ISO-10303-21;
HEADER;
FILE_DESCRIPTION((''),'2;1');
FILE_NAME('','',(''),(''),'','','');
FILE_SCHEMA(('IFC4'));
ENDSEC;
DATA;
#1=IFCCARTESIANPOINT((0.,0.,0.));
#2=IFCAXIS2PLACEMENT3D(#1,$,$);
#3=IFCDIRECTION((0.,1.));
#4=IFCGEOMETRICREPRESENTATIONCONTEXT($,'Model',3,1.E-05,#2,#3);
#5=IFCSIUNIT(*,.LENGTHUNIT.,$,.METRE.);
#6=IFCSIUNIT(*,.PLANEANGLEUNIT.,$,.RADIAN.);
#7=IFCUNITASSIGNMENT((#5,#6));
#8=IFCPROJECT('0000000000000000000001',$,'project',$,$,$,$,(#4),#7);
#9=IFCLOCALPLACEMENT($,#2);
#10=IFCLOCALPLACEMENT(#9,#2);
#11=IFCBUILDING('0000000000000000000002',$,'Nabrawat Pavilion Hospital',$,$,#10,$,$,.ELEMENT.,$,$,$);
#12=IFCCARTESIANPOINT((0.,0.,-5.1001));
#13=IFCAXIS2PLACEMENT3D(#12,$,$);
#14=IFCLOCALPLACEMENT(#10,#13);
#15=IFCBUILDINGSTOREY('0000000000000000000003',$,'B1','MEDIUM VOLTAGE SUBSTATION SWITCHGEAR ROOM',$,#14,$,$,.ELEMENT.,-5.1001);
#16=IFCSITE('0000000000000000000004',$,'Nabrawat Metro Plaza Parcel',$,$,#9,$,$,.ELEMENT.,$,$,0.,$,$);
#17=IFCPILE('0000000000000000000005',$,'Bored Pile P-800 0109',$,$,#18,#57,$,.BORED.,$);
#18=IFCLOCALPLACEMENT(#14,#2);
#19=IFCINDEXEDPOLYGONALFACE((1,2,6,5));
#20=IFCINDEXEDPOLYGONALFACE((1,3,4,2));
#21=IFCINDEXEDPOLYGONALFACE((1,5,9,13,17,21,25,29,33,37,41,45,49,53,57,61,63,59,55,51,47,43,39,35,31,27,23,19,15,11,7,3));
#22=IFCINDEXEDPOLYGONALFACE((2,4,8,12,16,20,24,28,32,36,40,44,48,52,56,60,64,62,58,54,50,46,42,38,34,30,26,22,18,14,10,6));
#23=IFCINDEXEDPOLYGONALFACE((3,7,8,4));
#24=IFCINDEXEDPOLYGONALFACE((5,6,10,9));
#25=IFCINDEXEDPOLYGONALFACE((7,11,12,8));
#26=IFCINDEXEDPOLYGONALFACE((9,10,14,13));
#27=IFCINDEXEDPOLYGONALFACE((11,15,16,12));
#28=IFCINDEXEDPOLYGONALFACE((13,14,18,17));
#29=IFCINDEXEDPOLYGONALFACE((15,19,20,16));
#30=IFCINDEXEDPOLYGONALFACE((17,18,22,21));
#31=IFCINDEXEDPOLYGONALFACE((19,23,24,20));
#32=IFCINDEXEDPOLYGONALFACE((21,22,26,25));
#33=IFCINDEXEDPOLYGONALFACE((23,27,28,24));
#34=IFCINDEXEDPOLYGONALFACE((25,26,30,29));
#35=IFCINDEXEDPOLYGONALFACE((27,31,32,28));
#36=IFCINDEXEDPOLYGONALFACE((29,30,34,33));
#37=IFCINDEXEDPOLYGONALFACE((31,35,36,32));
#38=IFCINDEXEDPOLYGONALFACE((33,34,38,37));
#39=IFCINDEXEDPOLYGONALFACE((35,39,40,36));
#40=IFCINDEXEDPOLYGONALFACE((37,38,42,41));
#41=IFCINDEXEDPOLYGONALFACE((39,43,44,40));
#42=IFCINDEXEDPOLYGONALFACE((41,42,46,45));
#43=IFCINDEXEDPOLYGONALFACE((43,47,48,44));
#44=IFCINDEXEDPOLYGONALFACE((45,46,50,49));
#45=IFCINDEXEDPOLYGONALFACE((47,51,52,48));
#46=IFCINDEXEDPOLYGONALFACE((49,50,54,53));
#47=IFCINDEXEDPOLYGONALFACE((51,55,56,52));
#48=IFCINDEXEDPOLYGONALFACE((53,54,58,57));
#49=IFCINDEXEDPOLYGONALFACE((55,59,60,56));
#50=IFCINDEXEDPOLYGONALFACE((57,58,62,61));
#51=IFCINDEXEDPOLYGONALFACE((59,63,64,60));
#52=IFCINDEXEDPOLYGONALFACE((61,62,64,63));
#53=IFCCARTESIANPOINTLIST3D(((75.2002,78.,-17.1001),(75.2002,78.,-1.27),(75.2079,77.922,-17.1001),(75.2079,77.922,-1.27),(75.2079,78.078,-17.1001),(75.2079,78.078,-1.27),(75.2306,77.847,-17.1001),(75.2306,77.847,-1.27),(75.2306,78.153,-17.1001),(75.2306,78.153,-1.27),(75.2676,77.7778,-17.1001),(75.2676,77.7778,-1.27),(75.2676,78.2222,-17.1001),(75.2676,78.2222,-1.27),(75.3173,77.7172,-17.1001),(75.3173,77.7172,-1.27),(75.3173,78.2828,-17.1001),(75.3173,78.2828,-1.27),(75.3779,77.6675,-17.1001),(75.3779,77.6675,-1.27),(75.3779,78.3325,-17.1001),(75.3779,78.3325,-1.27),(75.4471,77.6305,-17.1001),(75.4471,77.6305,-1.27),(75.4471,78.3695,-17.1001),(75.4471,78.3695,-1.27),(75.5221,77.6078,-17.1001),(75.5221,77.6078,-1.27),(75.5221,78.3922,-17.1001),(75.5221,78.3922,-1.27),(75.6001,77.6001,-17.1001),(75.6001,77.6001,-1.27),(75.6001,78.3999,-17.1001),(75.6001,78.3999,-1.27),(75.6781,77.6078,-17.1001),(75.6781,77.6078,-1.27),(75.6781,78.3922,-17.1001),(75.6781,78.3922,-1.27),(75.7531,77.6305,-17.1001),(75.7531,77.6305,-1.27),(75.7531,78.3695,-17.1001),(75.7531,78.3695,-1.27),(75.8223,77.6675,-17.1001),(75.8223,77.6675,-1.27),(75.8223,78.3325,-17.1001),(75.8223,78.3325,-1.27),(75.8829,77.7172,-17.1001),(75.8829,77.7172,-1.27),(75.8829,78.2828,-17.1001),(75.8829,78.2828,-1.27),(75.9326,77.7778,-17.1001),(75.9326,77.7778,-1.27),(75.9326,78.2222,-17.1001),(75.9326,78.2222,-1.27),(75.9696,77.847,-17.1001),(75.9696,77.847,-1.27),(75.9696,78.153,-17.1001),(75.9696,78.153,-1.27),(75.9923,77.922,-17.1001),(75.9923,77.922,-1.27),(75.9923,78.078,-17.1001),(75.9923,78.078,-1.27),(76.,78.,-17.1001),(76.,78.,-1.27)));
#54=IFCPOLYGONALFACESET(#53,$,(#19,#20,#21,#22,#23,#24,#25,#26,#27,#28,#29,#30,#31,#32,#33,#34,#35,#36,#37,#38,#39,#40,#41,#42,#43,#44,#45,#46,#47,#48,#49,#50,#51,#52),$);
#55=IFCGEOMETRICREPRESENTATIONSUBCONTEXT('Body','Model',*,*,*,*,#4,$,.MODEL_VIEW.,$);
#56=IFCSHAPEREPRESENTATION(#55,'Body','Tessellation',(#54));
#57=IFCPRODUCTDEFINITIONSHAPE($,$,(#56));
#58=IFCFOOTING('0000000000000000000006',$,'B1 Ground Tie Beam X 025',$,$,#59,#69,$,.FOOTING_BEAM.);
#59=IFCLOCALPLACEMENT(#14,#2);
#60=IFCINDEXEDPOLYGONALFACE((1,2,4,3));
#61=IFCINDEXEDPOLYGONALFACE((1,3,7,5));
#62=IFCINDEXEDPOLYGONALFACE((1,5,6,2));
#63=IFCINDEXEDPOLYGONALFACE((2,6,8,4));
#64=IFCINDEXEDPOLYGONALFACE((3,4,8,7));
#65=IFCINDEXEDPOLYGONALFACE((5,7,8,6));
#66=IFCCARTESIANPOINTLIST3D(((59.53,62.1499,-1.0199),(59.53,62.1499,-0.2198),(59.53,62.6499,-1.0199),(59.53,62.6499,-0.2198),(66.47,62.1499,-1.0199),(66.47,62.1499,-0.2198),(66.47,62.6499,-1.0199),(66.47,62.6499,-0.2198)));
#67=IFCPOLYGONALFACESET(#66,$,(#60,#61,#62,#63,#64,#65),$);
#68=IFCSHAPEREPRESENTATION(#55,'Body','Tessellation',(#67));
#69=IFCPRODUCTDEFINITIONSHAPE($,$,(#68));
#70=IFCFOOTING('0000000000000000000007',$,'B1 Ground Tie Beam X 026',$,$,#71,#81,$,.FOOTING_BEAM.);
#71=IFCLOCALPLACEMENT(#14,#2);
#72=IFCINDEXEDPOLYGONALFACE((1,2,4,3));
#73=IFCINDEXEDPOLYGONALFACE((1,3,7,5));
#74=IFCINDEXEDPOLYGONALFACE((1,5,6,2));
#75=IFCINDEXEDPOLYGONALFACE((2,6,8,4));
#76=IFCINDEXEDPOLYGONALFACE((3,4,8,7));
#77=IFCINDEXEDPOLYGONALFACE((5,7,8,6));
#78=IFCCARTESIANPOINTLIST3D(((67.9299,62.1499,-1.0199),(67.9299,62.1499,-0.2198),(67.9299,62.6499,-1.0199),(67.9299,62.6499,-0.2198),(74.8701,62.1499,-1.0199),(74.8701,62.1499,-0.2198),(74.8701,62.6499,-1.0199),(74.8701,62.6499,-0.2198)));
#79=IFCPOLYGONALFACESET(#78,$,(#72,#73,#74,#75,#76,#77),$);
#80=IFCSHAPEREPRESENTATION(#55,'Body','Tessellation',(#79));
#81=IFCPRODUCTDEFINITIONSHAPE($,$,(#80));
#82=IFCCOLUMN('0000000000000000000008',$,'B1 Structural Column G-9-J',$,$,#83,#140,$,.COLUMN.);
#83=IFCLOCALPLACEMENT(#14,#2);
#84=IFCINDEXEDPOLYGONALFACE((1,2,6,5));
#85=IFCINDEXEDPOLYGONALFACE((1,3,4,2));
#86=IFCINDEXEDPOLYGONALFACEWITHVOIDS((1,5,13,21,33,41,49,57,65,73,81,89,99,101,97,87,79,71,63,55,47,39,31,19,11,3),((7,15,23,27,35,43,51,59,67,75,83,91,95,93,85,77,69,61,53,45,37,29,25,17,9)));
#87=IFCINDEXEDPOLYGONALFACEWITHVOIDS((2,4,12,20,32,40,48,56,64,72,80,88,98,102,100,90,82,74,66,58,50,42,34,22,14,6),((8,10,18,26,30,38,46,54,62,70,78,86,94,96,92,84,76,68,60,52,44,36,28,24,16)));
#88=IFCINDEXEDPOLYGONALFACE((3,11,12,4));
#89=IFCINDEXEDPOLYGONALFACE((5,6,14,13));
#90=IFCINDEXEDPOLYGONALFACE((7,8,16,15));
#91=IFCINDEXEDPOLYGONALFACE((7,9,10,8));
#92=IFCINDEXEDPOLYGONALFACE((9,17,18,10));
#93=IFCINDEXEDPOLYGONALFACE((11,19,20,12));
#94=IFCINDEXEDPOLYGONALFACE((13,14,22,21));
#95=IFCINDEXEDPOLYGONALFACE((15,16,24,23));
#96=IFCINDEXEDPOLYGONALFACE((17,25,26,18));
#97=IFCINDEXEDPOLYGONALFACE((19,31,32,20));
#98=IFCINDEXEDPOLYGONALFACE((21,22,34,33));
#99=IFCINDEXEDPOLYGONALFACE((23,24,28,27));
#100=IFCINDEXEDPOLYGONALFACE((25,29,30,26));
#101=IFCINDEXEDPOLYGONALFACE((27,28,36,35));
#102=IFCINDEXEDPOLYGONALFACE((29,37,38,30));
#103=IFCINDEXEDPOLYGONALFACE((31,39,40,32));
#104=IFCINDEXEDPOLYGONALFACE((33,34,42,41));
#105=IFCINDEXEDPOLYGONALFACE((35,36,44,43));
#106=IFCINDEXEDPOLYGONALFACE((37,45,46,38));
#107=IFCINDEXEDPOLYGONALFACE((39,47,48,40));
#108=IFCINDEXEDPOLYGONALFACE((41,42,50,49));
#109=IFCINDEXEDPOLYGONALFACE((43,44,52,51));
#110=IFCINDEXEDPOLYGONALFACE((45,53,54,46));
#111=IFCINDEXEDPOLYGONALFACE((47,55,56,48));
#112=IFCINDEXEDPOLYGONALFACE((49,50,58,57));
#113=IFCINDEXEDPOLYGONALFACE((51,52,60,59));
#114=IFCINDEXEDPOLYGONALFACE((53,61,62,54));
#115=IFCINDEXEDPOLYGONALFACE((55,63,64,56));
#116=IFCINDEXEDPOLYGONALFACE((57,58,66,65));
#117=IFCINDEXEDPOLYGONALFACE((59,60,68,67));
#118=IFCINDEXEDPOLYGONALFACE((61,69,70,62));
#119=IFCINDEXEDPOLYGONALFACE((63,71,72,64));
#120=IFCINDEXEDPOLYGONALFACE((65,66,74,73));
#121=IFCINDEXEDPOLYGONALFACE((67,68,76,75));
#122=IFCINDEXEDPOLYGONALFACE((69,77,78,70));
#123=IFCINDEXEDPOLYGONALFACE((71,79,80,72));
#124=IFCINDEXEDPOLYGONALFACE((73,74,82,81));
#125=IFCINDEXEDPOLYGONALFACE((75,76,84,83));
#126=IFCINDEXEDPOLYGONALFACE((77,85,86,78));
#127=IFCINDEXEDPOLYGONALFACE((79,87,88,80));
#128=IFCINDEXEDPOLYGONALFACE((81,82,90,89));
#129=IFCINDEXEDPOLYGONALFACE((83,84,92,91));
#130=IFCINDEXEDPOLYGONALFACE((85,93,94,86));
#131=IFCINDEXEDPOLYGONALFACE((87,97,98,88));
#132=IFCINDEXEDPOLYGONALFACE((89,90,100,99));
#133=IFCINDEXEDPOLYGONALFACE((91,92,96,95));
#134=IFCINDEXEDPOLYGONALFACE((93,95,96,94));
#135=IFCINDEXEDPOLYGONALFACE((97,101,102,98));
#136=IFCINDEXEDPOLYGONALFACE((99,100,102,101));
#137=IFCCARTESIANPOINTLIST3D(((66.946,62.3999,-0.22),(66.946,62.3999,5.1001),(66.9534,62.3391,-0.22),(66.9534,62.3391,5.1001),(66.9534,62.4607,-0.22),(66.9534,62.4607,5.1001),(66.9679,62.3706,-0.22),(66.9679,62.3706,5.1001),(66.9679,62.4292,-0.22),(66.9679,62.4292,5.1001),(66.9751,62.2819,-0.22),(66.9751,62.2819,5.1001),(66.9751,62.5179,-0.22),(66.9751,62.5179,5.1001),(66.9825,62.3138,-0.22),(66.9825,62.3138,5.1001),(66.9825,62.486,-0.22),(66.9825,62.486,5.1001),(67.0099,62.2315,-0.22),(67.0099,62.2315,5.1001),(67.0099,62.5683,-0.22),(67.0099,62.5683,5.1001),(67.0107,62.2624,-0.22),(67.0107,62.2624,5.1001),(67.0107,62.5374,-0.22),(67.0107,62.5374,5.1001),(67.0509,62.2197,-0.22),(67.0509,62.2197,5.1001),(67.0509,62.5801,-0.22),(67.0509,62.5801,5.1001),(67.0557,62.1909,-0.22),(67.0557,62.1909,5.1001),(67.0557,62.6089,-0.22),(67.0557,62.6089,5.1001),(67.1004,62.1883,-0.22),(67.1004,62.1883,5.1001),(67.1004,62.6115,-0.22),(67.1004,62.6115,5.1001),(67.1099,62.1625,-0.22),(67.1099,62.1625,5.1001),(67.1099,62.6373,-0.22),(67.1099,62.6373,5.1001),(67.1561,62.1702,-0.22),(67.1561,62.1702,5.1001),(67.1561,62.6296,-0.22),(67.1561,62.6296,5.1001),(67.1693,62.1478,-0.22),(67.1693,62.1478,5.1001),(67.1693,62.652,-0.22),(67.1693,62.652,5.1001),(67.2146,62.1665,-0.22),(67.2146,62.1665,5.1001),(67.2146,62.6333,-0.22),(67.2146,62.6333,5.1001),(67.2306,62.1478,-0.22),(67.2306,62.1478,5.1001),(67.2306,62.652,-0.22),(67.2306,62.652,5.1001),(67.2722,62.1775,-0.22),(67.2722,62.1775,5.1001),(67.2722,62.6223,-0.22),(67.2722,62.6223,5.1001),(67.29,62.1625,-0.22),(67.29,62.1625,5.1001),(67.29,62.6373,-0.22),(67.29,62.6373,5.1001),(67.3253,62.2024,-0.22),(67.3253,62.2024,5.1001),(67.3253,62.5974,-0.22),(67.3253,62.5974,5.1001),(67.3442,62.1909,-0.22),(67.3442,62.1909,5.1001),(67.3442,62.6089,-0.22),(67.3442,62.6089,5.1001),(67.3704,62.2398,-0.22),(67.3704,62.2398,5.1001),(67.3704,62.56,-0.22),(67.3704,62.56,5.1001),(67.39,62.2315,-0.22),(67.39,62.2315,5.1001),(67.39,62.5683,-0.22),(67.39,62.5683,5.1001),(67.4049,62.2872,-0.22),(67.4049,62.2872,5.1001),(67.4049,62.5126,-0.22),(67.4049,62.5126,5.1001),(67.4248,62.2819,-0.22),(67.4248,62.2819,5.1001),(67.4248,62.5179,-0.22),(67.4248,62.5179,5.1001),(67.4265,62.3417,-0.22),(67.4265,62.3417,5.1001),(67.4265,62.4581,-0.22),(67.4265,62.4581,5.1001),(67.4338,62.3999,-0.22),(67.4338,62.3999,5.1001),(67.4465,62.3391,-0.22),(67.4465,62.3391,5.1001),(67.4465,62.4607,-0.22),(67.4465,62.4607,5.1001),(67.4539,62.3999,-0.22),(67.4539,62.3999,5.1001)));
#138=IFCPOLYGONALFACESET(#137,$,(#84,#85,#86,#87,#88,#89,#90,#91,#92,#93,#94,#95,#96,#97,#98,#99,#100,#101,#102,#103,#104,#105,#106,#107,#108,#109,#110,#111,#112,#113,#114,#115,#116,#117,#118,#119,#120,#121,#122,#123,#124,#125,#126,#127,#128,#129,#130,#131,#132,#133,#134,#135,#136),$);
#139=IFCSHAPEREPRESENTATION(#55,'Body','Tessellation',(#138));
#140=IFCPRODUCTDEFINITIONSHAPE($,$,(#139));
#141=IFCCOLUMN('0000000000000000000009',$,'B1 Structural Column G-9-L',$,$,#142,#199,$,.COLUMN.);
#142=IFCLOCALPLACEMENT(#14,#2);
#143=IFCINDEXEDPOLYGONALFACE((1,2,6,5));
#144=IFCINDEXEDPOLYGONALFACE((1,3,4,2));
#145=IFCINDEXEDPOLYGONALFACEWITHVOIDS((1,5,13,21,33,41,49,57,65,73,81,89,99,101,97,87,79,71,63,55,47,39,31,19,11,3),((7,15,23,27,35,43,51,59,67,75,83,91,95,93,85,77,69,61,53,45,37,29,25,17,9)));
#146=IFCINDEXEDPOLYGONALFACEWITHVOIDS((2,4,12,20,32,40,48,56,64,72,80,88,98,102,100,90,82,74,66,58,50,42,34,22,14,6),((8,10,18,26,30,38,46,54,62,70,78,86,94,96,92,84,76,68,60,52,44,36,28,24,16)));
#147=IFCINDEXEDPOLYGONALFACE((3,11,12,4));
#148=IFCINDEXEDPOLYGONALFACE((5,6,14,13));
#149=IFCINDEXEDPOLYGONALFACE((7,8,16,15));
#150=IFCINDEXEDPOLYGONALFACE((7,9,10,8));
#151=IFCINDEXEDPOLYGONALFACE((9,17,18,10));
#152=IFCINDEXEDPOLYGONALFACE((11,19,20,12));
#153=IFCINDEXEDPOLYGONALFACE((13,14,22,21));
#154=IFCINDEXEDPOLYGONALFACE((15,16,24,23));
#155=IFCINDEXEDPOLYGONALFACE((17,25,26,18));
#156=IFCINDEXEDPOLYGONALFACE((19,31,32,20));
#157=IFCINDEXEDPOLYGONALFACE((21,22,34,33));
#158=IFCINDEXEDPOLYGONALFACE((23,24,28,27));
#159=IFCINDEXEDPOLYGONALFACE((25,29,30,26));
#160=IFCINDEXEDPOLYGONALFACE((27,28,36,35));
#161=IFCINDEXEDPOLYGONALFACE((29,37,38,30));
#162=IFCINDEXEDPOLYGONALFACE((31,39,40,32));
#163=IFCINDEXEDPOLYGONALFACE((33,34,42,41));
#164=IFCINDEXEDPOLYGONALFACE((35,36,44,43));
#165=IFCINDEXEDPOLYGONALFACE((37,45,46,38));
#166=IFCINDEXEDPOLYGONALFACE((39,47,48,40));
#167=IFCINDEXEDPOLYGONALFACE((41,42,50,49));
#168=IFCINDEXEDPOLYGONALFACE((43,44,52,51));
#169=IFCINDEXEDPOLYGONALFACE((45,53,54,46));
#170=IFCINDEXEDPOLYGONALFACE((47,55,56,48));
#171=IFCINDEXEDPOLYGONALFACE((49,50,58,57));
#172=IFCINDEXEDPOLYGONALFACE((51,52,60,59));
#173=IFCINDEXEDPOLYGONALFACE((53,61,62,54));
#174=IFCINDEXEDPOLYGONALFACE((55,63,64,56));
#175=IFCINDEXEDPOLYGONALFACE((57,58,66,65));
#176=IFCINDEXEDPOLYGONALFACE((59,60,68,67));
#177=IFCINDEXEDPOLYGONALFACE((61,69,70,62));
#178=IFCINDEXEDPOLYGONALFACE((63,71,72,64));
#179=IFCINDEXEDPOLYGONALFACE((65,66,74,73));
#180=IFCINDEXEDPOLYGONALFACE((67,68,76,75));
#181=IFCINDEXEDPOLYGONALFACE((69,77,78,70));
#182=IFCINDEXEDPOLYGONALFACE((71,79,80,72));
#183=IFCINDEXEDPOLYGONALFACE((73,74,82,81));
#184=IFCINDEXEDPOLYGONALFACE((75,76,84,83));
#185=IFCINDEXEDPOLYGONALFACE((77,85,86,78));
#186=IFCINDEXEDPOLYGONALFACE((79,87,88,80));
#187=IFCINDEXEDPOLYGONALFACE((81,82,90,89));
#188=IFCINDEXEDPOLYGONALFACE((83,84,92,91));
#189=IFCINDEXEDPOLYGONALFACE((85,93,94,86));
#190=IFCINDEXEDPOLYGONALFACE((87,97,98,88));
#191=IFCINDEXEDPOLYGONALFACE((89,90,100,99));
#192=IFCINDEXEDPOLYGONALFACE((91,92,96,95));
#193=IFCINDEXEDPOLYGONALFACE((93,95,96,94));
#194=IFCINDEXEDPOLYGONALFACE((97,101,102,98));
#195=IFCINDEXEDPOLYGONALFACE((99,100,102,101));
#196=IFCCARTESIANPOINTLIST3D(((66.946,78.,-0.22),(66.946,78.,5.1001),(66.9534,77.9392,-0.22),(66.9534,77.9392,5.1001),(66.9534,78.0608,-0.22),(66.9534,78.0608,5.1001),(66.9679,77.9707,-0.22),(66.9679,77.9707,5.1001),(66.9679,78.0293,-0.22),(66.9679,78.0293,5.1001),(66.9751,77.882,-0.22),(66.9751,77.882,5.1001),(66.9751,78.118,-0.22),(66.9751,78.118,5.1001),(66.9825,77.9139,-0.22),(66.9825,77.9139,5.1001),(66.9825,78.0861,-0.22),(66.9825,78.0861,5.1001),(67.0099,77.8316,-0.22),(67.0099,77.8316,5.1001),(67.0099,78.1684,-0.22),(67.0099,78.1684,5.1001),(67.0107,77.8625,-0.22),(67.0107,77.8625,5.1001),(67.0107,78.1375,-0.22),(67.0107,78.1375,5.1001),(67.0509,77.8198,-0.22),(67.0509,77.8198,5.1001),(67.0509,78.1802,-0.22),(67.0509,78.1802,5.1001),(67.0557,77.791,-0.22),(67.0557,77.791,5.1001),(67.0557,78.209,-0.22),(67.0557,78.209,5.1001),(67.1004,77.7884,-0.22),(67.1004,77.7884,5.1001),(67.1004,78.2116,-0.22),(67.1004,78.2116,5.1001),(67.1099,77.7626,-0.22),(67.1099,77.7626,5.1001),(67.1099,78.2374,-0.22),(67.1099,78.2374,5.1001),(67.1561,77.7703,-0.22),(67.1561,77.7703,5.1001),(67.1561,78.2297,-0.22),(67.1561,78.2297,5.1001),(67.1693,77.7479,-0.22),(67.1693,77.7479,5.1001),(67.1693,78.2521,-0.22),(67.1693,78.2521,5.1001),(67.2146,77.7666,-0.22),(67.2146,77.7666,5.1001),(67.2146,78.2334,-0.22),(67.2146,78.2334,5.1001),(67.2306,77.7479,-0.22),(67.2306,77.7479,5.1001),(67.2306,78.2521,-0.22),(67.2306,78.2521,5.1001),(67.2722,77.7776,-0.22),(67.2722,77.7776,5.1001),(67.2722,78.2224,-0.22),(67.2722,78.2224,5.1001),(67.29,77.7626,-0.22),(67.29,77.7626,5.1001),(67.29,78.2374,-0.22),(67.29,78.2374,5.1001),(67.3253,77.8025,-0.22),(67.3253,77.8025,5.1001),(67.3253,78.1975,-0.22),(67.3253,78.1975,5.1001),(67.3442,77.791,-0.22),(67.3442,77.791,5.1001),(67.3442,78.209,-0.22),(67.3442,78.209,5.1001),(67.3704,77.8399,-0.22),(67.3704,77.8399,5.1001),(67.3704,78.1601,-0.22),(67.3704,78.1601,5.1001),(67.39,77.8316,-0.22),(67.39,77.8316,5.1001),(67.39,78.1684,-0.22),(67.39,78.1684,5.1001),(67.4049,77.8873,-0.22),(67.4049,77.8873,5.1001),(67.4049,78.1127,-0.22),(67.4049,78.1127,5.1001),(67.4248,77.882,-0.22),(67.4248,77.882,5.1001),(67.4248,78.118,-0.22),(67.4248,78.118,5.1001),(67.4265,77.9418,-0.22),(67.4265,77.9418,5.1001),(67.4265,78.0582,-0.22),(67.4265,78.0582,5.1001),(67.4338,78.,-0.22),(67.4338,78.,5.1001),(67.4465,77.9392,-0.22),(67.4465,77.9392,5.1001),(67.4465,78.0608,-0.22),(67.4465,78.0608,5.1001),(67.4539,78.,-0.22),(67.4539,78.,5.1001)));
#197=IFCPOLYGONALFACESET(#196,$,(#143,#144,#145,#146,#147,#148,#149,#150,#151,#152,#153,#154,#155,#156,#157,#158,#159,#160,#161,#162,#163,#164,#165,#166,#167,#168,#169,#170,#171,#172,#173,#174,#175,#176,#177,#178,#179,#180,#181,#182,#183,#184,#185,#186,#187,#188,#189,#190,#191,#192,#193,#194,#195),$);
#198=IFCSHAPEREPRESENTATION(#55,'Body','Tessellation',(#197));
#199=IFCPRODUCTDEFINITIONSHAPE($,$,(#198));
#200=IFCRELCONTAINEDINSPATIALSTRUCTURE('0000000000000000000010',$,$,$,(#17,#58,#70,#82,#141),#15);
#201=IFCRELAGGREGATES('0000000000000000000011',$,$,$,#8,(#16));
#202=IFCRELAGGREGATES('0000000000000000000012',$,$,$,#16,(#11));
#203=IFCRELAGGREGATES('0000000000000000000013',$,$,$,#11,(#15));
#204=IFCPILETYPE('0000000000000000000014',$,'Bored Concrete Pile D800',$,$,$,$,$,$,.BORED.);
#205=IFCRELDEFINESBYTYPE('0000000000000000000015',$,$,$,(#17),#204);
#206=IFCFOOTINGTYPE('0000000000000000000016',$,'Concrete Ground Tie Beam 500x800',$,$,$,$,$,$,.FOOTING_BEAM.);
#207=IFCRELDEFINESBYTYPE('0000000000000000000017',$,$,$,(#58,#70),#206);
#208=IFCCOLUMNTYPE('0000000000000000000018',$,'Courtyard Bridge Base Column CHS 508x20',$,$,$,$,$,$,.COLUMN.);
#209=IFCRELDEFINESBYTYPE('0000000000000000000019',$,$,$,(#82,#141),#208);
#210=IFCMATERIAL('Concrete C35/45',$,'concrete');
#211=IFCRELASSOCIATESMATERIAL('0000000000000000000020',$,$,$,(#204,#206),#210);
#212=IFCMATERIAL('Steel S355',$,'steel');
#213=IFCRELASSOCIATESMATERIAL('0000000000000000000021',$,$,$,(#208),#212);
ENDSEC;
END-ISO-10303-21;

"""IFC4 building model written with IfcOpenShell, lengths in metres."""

from ifc_helpers import new_model, si_unit, direction, frame, origin, origin_2d, place, context, subcontext, project, spatial, rectangle, circle, hollow_circle, extrude, material, material_profile, profile_set, type_object, element, save


model = new_model("IFC4")

# Units and contexts
model_context = context("Model", 3, precision=1e-05, world=origin(), true_north=direction((0.0, 1.0)))
body_context = subcontext(model_context, "Body", "Model", "MODEL_VIEW")
ifc_project = project(units=[si_unit("LENGTHUNIT", "METRE"), si_unit("PLANEANGLEUNIT", "RADIAN")], contexts=[model_context])

# Site, building, storey
site_placement = place(None, origin())
site = spatial("IfcSite", under=ifc_project, at=site_placement, Name="Nabrawat Metro Plaza Parcel", CompositionType="ELEMENT", RefElevation=0.0)
building_placement = place(site_placement, origin())
building = spatial("IfcBuilding", under=site, at=building_placement, Name="Nabrawat Pavilion Hospital", CompositionType="ELEMENT")
storey_placement = place(building_placement, frame((0.0, 0.0, -5.1001)))
storey = spatial("IfcBuildingStorey", under=building, at=storey_placement, Name="B1", Description="MEDIUM VOLTAGE SUBSTATION SWITCHGEAR ROOM", CompositionType="ELEMENT", Elevation=-5.1001)

# Pile
ifc_material_1 = material(Name="Concrete C35/45", Category="concrete")
ifc_material_profile_1 = material_profile(ifc_material_1, circle(Radius=0.3999, at=origin_2d()), Name="DIA 800")
ifc_profile_set_1 = profile_set([ifc_material_profile_1], Name="Concrete C35/45")
pile_type_1 = type_object("IfcPileType", Name="Bored Concrete Pile D800", PredefinedType="BORED", material=ifc_profile_set_1)
for number, where, z_axis, x_axis, name in (
    (1, (75.6001, 78.0, -1.27), (0.0, 0.0, -1.0), (1.0, 0.0, 0.0), "Bored Pile P-800 0109"),
):
    element("IfcPile", number, at=place(storey_placement, frame(where, z_axis=z_axis, x_axis=x_axis)), inside=storey, type_object=pile_type_1, Name=name, PredefinedType="BORED", context=body_context, shape_type="SweptSolid", body=[
        extrude(circle(Radius=0.3999, at=origin_2d()), origin(), (0.0, 0.0, 1.0), 15.8301),
    ])

# Footings
ifc_material_profile_2 = material_profile(ifc_material_1, rectangle(XDim=0.5, YDim=0.8, at=origin_2d()), Name="RC 500x800")
ifc_profile_set_2 = profile_set([ifc_material_profile_2], Name="Concrete C35/45")
footing_type = type_object("IfcFootingType", Name="Concrete Ground Tie Beam 500x800", PredefinedType="FOOTING_BEAM", material=ifc_profile_set_2)
footing_1_placement = place(storey_placement, frame((59.53, 62.3999, -0.6199), z_axis=(1.0, 0.0, 0.0), x_axis=(0.0, 1.0, 0.0)))
element("IfcFooting", 2, at=footing_1_placement, inside=storey, type_object=footing_type, Name="B1 Ground Tie Beam X 025", PredefinedType="FOOTING_BEAM", context=body_context, shape_type="SweptSolid", body=[
    extrude(rectangle(XDim=0.5, YDim=0.8, at=origin_2d()), origin(), (0.0, 0.0, 1.0), 6.9399),
])
footing_2_placement = place(storey_placement, frame((67.9299, 62.3999, -0.6199), z_axis=(1.0, 0.0, 0.0), x_axis=(0.0, 1.0, 0.0)))
element("IfcFooting", 3, at=footing_2_placement, inside=storey, type_object=footing_type, Name="B1 Ground Tie Beam X 026", PredefinedType="FOOTING_BEAM", context=body_context, shape_type="SweptSolid", body=[
    extrude(rectangle(XDim=0.5, YDim=0.8, at=origin_2d()), origin(), (0.0, 0.0, 1.0), 6.9402),
])

# Columns
ifc_material_2 = material(Name="Steel S355", Category="steel")
ifc_material_profile_3 = material_profile(ifc_material_2, hollow_circle(Radius=0.2539, WallThickness=0.02, at=origin_2d()), Name="CHS 508x20")
ifc_profile_set_3 = profile_set([ifc_material_profile_3], Name="Steel S355")
column_type_1 = type_object("IfcColumnType", Name="Courtyard Bridge Base Column CHS 508x20", PredefinedType="COLUMN", material=ifc_profile_set_3)
for number, where, z_axis, x_axis, name in (
    (4, (67.2, 62.3999, -0.22), (0.0, 0.0, 1.0), (1.0, 0.0, 0.0), "B1 Structural Column G-9-J"),
    (5, (67.2, 78.0, -0.22), (0.0, 0.0, 1.0), (1.0, 0.0, 0.0), "B1 Structural Column G-9-L"),
):
    element("IfcColumn", number, at=place(storey_placement, frame(where, z_axis=z_axis, x_axis=x_axis)), inside=storey, type_object=column_type_1, Name=name, PredefinedType="COLUMN", context=body_context, shape_type="SweptSolid", body=[
        extrude(hollow_circle(Radius=0.2539, WallThickness=0.02, at=origin_2d()), origin(), (0.0, 0.0, 1.0), 5.3201),
    ])

save(model, "model.ifc")
